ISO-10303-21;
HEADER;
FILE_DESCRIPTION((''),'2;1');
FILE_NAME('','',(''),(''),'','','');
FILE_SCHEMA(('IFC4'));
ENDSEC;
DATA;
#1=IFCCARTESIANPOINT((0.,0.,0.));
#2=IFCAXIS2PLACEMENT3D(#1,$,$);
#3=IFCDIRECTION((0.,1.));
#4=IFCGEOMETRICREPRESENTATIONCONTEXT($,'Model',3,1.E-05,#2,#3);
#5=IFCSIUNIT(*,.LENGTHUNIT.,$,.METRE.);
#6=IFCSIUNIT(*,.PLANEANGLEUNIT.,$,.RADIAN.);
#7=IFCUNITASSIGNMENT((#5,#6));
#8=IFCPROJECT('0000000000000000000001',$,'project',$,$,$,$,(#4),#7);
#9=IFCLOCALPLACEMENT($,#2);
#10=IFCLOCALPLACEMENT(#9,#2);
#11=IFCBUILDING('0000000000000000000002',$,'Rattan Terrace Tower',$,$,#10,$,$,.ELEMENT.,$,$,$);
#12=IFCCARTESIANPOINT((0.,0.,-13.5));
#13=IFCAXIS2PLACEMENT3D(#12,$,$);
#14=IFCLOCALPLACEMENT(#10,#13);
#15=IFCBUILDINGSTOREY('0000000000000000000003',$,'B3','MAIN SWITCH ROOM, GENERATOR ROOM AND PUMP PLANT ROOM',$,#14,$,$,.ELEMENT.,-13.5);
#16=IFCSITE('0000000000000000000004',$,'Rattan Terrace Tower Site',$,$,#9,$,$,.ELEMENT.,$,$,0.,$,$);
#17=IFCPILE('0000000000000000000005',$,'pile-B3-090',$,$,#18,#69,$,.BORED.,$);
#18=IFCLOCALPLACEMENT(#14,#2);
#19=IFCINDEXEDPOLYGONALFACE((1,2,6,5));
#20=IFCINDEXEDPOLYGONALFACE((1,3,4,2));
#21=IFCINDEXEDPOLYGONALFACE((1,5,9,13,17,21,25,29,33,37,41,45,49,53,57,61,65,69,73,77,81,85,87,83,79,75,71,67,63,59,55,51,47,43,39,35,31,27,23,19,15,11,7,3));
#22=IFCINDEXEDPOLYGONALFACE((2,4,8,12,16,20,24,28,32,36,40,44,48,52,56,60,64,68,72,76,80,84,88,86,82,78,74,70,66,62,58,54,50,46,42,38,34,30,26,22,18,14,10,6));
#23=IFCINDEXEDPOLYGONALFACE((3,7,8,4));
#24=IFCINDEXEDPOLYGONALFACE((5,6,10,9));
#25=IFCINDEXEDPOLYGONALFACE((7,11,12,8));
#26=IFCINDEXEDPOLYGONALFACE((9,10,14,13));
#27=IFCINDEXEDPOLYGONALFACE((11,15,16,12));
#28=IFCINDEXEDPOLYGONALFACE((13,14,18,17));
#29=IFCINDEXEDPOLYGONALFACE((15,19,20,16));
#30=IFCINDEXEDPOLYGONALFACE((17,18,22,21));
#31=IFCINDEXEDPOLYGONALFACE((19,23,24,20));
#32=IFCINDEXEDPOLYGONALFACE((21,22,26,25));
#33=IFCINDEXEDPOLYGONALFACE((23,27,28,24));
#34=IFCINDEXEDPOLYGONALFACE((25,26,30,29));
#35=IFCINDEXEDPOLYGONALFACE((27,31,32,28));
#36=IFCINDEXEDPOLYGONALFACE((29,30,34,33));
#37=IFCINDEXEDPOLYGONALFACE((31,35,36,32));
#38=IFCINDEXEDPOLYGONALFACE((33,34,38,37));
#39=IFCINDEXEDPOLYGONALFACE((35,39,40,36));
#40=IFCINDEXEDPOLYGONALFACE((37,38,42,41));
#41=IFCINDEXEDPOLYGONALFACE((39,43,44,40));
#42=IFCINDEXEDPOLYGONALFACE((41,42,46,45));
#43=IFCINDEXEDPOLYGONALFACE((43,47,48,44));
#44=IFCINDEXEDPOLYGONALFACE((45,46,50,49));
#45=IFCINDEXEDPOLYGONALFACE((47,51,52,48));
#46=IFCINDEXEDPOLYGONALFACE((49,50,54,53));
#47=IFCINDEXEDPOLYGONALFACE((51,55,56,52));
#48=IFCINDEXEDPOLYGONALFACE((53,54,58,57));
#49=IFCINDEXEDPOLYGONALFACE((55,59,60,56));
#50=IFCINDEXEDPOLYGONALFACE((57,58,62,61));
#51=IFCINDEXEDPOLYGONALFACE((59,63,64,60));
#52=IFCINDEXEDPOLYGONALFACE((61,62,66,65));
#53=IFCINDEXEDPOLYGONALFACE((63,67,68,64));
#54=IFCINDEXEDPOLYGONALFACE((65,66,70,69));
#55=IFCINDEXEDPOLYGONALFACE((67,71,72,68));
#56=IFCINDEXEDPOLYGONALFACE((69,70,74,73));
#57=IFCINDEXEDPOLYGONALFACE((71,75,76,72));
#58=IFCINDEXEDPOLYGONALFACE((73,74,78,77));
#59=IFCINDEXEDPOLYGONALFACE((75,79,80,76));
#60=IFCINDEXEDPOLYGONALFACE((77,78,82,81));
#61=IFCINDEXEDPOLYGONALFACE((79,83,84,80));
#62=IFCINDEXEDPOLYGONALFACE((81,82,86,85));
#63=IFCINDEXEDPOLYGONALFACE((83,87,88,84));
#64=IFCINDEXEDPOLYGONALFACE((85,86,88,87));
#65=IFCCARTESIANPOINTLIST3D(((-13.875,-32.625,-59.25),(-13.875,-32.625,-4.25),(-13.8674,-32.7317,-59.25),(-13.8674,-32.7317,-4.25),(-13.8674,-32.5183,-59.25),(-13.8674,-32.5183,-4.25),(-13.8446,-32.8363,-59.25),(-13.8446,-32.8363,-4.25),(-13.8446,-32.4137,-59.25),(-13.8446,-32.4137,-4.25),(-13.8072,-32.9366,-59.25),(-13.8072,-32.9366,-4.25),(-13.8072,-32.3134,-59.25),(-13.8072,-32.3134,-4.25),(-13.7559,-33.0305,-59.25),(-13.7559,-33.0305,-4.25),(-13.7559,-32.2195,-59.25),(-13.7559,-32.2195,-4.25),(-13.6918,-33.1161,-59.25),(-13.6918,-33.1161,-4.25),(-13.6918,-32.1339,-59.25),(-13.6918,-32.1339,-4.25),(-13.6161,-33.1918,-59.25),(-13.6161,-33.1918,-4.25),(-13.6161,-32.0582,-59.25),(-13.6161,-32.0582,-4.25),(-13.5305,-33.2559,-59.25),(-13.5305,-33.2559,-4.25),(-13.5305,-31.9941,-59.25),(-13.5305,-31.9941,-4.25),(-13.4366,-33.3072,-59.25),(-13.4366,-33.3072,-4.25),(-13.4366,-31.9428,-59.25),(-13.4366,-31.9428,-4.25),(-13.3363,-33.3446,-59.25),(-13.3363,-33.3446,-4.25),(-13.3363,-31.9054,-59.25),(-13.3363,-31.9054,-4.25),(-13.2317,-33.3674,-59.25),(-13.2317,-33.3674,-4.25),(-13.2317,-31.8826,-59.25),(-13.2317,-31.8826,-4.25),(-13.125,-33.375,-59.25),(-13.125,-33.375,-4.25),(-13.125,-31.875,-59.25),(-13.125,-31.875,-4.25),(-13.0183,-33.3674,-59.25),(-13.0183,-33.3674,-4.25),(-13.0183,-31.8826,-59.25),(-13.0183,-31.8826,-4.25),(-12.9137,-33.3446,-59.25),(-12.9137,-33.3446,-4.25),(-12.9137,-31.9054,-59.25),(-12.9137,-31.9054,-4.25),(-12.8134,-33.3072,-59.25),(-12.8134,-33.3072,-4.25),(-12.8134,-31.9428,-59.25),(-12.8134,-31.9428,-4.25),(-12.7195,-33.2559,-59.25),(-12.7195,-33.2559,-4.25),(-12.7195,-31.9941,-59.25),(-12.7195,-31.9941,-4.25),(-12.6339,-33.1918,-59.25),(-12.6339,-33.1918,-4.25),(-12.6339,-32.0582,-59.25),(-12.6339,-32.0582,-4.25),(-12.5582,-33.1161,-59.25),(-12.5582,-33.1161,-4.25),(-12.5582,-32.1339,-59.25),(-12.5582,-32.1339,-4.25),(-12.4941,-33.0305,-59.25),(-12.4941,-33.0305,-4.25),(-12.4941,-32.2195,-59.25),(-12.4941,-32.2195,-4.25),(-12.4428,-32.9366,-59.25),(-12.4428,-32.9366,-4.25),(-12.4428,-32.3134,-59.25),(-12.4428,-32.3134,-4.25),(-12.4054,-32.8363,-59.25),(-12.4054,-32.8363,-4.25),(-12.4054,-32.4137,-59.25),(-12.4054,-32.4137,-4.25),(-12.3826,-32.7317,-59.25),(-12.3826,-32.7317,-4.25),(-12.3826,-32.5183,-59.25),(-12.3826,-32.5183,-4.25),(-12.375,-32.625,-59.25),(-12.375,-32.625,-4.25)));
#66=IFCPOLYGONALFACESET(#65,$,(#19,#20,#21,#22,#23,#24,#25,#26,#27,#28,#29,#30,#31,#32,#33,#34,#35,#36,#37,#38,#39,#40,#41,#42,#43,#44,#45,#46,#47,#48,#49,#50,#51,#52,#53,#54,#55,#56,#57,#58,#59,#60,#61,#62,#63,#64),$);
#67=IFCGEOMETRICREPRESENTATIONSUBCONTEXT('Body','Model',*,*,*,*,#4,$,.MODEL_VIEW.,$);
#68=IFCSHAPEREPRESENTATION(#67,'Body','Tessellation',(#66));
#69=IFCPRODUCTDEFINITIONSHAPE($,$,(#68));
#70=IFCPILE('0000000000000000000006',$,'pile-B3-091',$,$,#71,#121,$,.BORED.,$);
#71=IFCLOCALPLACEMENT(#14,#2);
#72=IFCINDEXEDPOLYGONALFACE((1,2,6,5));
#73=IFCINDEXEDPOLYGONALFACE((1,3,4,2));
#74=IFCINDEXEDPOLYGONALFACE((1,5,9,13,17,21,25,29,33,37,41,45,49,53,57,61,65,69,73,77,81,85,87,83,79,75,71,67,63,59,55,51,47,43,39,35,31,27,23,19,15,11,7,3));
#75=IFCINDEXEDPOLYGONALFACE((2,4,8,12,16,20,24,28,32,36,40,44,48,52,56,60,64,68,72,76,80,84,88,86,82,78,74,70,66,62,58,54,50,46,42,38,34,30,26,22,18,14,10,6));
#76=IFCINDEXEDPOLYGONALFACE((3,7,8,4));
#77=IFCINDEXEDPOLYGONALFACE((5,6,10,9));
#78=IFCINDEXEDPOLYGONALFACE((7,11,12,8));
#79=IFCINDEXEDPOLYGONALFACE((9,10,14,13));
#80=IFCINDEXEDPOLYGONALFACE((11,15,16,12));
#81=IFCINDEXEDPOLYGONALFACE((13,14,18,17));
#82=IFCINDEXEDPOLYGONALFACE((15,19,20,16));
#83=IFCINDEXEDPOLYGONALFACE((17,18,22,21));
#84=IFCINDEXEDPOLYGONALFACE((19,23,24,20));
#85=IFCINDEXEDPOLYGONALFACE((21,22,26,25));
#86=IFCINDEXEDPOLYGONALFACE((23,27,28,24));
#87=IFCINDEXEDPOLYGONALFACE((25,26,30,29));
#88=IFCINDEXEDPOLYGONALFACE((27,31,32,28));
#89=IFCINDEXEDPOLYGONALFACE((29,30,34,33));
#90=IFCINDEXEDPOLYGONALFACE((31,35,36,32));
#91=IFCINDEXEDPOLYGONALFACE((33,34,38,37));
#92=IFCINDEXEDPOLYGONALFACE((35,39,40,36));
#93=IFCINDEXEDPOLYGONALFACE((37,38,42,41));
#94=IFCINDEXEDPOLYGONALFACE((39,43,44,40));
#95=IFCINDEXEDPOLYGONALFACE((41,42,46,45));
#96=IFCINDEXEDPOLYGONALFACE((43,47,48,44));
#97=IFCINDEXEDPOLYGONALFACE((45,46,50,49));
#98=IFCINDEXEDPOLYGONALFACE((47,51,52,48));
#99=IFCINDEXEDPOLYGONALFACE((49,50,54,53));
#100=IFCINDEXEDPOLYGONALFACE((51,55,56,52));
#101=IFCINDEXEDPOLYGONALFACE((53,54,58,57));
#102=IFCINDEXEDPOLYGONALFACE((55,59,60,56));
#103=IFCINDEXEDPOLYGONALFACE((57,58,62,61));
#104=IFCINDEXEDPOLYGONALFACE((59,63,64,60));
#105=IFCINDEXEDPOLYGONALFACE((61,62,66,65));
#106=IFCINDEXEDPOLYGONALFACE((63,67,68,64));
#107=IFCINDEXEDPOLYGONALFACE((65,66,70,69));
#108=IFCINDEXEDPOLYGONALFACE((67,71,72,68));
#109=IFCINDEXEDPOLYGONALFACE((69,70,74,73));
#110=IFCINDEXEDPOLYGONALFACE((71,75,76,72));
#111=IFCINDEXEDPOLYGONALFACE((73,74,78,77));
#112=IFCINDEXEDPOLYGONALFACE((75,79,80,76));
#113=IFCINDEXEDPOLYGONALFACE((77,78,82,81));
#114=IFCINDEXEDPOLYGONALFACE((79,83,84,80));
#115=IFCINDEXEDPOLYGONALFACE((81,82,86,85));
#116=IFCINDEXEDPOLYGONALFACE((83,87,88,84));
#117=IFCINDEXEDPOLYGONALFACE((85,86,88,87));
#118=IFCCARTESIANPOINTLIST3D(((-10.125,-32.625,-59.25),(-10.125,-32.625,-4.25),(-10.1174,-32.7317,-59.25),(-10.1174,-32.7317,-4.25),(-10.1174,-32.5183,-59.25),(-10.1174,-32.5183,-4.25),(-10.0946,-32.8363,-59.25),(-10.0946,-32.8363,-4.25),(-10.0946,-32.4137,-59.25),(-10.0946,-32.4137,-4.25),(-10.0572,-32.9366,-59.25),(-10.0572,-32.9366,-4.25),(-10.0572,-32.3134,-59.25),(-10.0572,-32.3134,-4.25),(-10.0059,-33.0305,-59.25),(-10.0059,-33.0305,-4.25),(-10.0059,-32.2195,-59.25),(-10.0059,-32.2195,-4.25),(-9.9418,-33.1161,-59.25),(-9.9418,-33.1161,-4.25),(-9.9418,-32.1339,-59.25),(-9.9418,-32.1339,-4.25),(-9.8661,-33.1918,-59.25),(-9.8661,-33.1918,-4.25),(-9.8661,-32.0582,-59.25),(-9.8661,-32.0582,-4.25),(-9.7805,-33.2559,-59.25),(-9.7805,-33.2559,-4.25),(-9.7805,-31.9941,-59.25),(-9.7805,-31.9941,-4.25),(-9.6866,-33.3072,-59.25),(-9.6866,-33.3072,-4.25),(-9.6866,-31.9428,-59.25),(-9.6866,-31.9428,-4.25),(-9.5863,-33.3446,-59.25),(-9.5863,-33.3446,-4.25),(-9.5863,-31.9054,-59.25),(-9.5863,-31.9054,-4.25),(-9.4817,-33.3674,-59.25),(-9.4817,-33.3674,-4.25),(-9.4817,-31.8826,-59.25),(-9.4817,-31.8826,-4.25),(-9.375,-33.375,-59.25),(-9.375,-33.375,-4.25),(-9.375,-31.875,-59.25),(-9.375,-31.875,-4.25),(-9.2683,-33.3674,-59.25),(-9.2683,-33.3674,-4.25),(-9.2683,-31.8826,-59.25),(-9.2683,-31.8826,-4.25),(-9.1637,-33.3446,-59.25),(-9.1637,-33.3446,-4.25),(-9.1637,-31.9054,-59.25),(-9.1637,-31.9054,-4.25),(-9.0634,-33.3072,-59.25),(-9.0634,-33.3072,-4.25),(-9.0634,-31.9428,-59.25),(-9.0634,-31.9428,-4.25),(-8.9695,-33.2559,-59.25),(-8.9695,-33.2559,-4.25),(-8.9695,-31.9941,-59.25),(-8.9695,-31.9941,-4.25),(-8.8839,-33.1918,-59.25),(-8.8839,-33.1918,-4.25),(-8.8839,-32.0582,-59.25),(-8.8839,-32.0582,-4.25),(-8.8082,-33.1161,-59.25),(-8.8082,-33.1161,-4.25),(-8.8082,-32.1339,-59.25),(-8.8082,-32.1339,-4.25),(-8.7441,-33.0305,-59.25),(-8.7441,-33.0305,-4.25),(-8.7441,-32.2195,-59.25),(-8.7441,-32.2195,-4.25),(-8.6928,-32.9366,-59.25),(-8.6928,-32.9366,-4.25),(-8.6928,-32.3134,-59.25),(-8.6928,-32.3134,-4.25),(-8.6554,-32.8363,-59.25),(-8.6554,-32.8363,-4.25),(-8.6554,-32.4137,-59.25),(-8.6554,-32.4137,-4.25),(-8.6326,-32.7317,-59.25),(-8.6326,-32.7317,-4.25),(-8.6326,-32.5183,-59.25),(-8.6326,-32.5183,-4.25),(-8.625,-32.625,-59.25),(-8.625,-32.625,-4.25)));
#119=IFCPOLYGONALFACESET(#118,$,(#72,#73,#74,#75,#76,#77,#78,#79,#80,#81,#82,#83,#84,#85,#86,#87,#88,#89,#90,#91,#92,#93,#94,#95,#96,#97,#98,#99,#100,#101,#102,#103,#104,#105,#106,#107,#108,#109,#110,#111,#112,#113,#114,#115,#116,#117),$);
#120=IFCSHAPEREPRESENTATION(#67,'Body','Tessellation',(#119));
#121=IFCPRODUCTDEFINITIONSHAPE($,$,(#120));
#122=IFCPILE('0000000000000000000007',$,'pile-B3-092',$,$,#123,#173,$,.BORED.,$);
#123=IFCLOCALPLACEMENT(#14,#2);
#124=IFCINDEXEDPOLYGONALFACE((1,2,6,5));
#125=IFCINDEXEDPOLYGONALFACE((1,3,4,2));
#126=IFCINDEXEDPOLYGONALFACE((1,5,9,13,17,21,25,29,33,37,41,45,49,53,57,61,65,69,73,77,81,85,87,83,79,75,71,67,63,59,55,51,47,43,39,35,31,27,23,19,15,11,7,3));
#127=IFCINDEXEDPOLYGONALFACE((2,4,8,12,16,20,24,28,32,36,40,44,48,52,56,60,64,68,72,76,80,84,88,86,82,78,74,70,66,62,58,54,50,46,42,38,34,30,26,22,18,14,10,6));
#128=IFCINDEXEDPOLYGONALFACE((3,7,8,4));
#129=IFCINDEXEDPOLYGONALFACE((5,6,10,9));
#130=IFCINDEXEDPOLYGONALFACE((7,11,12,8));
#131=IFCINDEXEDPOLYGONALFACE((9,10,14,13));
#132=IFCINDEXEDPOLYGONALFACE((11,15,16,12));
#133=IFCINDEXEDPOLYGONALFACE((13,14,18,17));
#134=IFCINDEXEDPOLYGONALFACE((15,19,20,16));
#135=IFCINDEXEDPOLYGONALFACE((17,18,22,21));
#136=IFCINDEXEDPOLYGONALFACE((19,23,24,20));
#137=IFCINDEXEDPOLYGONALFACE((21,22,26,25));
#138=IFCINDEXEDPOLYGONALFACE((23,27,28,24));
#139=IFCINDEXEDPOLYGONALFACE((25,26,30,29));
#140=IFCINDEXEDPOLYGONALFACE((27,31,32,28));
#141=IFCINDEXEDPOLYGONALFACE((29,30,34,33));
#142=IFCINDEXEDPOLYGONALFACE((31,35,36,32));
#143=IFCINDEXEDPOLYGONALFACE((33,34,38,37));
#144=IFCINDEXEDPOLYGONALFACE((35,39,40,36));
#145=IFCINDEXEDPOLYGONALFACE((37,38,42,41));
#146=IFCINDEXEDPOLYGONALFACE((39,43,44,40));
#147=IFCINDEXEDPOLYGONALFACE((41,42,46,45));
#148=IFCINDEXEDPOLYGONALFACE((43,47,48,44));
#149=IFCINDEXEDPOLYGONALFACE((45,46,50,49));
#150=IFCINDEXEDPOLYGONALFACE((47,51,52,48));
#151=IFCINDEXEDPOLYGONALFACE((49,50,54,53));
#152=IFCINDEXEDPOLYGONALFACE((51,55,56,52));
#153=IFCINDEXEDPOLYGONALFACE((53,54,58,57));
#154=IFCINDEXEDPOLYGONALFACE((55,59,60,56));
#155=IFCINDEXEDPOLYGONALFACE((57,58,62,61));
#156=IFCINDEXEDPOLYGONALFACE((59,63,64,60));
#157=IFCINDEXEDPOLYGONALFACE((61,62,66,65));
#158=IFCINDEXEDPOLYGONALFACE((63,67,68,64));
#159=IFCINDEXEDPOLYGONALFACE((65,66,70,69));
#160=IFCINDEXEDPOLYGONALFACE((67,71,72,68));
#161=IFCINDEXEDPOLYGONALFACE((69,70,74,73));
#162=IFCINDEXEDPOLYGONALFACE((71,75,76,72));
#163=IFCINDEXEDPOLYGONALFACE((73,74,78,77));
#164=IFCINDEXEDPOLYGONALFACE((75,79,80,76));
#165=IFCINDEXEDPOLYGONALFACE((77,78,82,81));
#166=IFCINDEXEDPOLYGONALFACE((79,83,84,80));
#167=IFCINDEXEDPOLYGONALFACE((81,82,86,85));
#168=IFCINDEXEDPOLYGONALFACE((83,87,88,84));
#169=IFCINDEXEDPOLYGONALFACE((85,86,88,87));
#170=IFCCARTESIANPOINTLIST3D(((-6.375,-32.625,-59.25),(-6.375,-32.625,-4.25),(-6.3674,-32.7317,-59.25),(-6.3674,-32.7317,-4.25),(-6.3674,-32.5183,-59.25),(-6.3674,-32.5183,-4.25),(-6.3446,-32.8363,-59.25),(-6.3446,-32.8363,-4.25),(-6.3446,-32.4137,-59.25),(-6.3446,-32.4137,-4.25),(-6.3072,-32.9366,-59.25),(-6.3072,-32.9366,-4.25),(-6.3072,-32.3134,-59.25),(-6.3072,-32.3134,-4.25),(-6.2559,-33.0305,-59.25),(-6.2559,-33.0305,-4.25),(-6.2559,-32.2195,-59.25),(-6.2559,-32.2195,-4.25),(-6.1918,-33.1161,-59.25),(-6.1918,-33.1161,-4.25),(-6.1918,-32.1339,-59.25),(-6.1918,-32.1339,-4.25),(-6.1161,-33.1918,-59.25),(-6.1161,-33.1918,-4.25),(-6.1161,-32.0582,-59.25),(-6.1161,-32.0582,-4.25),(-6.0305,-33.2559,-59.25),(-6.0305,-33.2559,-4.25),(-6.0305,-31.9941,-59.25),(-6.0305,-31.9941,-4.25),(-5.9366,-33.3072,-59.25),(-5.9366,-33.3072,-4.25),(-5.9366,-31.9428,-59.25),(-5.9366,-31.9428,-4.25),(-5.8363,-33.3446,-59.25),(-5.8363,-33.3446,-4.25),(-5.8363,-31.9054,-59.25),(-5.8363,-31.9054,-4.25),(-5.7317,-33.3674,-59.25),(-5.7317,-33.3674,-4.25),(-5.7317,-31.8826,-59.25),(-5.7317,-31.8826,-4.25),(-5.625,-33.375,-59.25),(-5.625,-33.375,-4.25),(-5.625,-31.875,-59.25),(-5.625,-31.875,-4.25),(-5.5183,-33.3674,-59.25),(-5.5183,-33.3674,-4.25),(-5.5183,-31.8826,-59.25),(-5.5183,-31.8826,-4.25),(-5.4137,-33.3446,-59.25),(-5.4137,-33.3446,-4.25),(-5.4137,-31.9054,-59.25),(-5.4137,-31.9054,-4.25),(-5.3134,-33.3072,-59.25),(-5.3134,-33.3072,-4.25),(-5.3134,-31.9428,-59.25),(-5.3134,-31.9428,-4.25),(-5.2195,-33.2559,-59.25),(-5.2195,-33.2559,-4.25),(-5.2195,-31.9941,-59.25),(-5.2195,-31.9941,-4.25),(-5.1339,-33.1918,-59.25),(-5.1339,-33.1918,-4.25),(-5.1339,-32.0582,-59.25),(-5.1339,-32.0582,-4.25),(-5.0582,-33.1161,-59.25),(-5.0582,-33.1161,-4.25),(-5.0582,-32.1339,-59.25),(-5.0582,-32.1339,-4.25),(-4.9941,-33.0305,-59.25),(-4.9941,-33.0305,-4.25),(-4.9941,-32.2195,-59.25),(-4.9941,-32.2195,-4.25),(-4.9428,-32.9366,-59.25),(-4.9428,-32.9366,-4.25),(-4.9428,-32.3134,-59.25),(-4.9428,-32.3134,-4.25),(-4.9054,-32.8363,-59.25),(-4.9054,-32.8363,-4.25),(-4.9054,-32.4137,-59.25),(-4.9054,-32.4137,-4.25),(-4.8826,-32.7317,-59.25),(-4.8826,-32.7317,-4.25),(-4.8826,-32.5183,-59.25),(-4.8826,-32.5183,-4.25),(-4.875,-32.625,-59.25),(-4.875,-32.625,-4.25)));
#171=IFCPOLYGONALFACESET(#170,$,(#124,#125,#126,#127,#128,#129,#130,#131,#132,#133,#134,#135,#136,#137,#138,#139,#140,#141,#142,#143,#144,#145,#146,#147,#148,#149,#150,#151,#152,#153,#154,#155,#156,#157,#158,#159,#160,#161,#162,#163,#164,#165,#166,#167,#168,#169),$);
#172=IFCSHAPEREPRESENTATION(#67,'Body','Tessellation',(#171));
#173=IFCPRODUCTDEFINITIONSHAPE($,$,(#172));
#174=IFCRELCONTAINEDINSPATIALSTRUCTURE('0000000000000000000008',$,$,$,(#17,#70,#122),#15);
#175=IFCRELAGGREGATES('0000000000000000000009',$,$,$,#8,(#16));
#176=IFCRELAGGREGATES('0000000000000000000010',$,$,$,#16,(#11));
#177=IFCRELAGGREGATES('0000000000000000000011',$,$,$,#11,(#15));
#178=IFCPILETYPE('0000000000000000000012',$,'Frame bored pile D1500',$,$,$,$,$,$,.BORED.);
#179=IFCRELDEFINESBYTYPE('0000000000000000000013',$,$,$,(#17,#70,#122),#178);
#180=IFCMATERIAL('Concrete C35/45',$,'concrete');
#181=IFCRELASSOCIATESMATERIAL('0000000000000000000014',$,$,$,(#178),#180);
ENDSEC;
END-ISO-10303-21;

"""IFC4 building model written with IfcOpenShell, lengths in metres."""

from ifc_helpers import new_model, si_unit, direction, frame, origin, origin_2d, place, context, subcontext, project, spatial, circle, extrude, material, material_profile, profile_set, type_object, element, save


model = new_model("IFC4")

# Units and contexts
model_context = context("Model", 3, precision=1e-05, world=origin(), true_north=direction((0.0, 1.0)))
body_context = subcontext(model_context, "Body", "Model", "MODEL_VIEW")
ifc_project = project(units=[si_unit("LENGTHUNIT", "METRE"), si_unit("PLANEANGLEUNIT", "RADIAN")], contexts=[model_context])

# Site, building, storey
site_placement = place(None, origin())
site = spatial("IfcSite", under=ifc_project, at=site_placement, Name="Rattan Terrace Tower Site", CompositionType="ELEMENT", RefElevation=0.0)
building_placement = place(site_placement, origin())
building = spatial("IfcBuilding", under=site, at=building_placement, Name="Rattan Terrace Tower", CompositionType="ELEMENT")
storey_placement = place(building_placement, frame((0.0, 0.0, -13.5)))
storey = spatial("IfcBuildingStorey", under=building, at=storey_placement, Name="B3", Description="MAIN SWITCH ROOM, GENERATOR ROOM AND PUMP PLANT ROOM", CompositionType="ELEMENT", Elevation=-13.5)

# Piles
ifc_material_1 = material(Name="Concrete C35/45", Category="concrete")
ifc_material_profile_1 = material_profile(ifc_material_1, circle(Radius=0.75, at=origin_2d()), Name="PILE D1500")
ifc_profile_set_1 = profile_set([ifc_material_profile_1], Name="Concrete C35/45")
pile_type = type_object("IfcPileType", Name="Frame bored pile D1500", PredefinedType="BORED", material=ifc_profile_set_1)
for number, where, z_axis, x_axis, name in (
    (1, (-13.125, -32.625, -4.25), (0.0, 0.0, -1.0), (1.0, 0.0, 0.0), "pile-B3-090"),
    (2, (-9.375, -32.625, -4.25), (0.0, 0.0, -1.0), (1.0, 0.0, 0.0), "pile-B3-091"),
    (3, (-5.625, -32.625, -4.25), (0.0, 0.0, -1.0), (1.0, 0.0, 0.0), "pile-B3-092"),
):
    element("IfcPile", number, at=place(storey_placement, frame(where, z_axis=z_axis, x_axis=x_axis)), inside=storey, type_object=pile_type, Name=name, PredefinedType="BORED", context=body_context, shape_type="SweptSolid", body=[
        extrude(circle(Radius=0.75, at=origin_2d()), origin(), (0.0, 0.0, 1.0), 55.0),
    ])

save(model, "model.ifc")
